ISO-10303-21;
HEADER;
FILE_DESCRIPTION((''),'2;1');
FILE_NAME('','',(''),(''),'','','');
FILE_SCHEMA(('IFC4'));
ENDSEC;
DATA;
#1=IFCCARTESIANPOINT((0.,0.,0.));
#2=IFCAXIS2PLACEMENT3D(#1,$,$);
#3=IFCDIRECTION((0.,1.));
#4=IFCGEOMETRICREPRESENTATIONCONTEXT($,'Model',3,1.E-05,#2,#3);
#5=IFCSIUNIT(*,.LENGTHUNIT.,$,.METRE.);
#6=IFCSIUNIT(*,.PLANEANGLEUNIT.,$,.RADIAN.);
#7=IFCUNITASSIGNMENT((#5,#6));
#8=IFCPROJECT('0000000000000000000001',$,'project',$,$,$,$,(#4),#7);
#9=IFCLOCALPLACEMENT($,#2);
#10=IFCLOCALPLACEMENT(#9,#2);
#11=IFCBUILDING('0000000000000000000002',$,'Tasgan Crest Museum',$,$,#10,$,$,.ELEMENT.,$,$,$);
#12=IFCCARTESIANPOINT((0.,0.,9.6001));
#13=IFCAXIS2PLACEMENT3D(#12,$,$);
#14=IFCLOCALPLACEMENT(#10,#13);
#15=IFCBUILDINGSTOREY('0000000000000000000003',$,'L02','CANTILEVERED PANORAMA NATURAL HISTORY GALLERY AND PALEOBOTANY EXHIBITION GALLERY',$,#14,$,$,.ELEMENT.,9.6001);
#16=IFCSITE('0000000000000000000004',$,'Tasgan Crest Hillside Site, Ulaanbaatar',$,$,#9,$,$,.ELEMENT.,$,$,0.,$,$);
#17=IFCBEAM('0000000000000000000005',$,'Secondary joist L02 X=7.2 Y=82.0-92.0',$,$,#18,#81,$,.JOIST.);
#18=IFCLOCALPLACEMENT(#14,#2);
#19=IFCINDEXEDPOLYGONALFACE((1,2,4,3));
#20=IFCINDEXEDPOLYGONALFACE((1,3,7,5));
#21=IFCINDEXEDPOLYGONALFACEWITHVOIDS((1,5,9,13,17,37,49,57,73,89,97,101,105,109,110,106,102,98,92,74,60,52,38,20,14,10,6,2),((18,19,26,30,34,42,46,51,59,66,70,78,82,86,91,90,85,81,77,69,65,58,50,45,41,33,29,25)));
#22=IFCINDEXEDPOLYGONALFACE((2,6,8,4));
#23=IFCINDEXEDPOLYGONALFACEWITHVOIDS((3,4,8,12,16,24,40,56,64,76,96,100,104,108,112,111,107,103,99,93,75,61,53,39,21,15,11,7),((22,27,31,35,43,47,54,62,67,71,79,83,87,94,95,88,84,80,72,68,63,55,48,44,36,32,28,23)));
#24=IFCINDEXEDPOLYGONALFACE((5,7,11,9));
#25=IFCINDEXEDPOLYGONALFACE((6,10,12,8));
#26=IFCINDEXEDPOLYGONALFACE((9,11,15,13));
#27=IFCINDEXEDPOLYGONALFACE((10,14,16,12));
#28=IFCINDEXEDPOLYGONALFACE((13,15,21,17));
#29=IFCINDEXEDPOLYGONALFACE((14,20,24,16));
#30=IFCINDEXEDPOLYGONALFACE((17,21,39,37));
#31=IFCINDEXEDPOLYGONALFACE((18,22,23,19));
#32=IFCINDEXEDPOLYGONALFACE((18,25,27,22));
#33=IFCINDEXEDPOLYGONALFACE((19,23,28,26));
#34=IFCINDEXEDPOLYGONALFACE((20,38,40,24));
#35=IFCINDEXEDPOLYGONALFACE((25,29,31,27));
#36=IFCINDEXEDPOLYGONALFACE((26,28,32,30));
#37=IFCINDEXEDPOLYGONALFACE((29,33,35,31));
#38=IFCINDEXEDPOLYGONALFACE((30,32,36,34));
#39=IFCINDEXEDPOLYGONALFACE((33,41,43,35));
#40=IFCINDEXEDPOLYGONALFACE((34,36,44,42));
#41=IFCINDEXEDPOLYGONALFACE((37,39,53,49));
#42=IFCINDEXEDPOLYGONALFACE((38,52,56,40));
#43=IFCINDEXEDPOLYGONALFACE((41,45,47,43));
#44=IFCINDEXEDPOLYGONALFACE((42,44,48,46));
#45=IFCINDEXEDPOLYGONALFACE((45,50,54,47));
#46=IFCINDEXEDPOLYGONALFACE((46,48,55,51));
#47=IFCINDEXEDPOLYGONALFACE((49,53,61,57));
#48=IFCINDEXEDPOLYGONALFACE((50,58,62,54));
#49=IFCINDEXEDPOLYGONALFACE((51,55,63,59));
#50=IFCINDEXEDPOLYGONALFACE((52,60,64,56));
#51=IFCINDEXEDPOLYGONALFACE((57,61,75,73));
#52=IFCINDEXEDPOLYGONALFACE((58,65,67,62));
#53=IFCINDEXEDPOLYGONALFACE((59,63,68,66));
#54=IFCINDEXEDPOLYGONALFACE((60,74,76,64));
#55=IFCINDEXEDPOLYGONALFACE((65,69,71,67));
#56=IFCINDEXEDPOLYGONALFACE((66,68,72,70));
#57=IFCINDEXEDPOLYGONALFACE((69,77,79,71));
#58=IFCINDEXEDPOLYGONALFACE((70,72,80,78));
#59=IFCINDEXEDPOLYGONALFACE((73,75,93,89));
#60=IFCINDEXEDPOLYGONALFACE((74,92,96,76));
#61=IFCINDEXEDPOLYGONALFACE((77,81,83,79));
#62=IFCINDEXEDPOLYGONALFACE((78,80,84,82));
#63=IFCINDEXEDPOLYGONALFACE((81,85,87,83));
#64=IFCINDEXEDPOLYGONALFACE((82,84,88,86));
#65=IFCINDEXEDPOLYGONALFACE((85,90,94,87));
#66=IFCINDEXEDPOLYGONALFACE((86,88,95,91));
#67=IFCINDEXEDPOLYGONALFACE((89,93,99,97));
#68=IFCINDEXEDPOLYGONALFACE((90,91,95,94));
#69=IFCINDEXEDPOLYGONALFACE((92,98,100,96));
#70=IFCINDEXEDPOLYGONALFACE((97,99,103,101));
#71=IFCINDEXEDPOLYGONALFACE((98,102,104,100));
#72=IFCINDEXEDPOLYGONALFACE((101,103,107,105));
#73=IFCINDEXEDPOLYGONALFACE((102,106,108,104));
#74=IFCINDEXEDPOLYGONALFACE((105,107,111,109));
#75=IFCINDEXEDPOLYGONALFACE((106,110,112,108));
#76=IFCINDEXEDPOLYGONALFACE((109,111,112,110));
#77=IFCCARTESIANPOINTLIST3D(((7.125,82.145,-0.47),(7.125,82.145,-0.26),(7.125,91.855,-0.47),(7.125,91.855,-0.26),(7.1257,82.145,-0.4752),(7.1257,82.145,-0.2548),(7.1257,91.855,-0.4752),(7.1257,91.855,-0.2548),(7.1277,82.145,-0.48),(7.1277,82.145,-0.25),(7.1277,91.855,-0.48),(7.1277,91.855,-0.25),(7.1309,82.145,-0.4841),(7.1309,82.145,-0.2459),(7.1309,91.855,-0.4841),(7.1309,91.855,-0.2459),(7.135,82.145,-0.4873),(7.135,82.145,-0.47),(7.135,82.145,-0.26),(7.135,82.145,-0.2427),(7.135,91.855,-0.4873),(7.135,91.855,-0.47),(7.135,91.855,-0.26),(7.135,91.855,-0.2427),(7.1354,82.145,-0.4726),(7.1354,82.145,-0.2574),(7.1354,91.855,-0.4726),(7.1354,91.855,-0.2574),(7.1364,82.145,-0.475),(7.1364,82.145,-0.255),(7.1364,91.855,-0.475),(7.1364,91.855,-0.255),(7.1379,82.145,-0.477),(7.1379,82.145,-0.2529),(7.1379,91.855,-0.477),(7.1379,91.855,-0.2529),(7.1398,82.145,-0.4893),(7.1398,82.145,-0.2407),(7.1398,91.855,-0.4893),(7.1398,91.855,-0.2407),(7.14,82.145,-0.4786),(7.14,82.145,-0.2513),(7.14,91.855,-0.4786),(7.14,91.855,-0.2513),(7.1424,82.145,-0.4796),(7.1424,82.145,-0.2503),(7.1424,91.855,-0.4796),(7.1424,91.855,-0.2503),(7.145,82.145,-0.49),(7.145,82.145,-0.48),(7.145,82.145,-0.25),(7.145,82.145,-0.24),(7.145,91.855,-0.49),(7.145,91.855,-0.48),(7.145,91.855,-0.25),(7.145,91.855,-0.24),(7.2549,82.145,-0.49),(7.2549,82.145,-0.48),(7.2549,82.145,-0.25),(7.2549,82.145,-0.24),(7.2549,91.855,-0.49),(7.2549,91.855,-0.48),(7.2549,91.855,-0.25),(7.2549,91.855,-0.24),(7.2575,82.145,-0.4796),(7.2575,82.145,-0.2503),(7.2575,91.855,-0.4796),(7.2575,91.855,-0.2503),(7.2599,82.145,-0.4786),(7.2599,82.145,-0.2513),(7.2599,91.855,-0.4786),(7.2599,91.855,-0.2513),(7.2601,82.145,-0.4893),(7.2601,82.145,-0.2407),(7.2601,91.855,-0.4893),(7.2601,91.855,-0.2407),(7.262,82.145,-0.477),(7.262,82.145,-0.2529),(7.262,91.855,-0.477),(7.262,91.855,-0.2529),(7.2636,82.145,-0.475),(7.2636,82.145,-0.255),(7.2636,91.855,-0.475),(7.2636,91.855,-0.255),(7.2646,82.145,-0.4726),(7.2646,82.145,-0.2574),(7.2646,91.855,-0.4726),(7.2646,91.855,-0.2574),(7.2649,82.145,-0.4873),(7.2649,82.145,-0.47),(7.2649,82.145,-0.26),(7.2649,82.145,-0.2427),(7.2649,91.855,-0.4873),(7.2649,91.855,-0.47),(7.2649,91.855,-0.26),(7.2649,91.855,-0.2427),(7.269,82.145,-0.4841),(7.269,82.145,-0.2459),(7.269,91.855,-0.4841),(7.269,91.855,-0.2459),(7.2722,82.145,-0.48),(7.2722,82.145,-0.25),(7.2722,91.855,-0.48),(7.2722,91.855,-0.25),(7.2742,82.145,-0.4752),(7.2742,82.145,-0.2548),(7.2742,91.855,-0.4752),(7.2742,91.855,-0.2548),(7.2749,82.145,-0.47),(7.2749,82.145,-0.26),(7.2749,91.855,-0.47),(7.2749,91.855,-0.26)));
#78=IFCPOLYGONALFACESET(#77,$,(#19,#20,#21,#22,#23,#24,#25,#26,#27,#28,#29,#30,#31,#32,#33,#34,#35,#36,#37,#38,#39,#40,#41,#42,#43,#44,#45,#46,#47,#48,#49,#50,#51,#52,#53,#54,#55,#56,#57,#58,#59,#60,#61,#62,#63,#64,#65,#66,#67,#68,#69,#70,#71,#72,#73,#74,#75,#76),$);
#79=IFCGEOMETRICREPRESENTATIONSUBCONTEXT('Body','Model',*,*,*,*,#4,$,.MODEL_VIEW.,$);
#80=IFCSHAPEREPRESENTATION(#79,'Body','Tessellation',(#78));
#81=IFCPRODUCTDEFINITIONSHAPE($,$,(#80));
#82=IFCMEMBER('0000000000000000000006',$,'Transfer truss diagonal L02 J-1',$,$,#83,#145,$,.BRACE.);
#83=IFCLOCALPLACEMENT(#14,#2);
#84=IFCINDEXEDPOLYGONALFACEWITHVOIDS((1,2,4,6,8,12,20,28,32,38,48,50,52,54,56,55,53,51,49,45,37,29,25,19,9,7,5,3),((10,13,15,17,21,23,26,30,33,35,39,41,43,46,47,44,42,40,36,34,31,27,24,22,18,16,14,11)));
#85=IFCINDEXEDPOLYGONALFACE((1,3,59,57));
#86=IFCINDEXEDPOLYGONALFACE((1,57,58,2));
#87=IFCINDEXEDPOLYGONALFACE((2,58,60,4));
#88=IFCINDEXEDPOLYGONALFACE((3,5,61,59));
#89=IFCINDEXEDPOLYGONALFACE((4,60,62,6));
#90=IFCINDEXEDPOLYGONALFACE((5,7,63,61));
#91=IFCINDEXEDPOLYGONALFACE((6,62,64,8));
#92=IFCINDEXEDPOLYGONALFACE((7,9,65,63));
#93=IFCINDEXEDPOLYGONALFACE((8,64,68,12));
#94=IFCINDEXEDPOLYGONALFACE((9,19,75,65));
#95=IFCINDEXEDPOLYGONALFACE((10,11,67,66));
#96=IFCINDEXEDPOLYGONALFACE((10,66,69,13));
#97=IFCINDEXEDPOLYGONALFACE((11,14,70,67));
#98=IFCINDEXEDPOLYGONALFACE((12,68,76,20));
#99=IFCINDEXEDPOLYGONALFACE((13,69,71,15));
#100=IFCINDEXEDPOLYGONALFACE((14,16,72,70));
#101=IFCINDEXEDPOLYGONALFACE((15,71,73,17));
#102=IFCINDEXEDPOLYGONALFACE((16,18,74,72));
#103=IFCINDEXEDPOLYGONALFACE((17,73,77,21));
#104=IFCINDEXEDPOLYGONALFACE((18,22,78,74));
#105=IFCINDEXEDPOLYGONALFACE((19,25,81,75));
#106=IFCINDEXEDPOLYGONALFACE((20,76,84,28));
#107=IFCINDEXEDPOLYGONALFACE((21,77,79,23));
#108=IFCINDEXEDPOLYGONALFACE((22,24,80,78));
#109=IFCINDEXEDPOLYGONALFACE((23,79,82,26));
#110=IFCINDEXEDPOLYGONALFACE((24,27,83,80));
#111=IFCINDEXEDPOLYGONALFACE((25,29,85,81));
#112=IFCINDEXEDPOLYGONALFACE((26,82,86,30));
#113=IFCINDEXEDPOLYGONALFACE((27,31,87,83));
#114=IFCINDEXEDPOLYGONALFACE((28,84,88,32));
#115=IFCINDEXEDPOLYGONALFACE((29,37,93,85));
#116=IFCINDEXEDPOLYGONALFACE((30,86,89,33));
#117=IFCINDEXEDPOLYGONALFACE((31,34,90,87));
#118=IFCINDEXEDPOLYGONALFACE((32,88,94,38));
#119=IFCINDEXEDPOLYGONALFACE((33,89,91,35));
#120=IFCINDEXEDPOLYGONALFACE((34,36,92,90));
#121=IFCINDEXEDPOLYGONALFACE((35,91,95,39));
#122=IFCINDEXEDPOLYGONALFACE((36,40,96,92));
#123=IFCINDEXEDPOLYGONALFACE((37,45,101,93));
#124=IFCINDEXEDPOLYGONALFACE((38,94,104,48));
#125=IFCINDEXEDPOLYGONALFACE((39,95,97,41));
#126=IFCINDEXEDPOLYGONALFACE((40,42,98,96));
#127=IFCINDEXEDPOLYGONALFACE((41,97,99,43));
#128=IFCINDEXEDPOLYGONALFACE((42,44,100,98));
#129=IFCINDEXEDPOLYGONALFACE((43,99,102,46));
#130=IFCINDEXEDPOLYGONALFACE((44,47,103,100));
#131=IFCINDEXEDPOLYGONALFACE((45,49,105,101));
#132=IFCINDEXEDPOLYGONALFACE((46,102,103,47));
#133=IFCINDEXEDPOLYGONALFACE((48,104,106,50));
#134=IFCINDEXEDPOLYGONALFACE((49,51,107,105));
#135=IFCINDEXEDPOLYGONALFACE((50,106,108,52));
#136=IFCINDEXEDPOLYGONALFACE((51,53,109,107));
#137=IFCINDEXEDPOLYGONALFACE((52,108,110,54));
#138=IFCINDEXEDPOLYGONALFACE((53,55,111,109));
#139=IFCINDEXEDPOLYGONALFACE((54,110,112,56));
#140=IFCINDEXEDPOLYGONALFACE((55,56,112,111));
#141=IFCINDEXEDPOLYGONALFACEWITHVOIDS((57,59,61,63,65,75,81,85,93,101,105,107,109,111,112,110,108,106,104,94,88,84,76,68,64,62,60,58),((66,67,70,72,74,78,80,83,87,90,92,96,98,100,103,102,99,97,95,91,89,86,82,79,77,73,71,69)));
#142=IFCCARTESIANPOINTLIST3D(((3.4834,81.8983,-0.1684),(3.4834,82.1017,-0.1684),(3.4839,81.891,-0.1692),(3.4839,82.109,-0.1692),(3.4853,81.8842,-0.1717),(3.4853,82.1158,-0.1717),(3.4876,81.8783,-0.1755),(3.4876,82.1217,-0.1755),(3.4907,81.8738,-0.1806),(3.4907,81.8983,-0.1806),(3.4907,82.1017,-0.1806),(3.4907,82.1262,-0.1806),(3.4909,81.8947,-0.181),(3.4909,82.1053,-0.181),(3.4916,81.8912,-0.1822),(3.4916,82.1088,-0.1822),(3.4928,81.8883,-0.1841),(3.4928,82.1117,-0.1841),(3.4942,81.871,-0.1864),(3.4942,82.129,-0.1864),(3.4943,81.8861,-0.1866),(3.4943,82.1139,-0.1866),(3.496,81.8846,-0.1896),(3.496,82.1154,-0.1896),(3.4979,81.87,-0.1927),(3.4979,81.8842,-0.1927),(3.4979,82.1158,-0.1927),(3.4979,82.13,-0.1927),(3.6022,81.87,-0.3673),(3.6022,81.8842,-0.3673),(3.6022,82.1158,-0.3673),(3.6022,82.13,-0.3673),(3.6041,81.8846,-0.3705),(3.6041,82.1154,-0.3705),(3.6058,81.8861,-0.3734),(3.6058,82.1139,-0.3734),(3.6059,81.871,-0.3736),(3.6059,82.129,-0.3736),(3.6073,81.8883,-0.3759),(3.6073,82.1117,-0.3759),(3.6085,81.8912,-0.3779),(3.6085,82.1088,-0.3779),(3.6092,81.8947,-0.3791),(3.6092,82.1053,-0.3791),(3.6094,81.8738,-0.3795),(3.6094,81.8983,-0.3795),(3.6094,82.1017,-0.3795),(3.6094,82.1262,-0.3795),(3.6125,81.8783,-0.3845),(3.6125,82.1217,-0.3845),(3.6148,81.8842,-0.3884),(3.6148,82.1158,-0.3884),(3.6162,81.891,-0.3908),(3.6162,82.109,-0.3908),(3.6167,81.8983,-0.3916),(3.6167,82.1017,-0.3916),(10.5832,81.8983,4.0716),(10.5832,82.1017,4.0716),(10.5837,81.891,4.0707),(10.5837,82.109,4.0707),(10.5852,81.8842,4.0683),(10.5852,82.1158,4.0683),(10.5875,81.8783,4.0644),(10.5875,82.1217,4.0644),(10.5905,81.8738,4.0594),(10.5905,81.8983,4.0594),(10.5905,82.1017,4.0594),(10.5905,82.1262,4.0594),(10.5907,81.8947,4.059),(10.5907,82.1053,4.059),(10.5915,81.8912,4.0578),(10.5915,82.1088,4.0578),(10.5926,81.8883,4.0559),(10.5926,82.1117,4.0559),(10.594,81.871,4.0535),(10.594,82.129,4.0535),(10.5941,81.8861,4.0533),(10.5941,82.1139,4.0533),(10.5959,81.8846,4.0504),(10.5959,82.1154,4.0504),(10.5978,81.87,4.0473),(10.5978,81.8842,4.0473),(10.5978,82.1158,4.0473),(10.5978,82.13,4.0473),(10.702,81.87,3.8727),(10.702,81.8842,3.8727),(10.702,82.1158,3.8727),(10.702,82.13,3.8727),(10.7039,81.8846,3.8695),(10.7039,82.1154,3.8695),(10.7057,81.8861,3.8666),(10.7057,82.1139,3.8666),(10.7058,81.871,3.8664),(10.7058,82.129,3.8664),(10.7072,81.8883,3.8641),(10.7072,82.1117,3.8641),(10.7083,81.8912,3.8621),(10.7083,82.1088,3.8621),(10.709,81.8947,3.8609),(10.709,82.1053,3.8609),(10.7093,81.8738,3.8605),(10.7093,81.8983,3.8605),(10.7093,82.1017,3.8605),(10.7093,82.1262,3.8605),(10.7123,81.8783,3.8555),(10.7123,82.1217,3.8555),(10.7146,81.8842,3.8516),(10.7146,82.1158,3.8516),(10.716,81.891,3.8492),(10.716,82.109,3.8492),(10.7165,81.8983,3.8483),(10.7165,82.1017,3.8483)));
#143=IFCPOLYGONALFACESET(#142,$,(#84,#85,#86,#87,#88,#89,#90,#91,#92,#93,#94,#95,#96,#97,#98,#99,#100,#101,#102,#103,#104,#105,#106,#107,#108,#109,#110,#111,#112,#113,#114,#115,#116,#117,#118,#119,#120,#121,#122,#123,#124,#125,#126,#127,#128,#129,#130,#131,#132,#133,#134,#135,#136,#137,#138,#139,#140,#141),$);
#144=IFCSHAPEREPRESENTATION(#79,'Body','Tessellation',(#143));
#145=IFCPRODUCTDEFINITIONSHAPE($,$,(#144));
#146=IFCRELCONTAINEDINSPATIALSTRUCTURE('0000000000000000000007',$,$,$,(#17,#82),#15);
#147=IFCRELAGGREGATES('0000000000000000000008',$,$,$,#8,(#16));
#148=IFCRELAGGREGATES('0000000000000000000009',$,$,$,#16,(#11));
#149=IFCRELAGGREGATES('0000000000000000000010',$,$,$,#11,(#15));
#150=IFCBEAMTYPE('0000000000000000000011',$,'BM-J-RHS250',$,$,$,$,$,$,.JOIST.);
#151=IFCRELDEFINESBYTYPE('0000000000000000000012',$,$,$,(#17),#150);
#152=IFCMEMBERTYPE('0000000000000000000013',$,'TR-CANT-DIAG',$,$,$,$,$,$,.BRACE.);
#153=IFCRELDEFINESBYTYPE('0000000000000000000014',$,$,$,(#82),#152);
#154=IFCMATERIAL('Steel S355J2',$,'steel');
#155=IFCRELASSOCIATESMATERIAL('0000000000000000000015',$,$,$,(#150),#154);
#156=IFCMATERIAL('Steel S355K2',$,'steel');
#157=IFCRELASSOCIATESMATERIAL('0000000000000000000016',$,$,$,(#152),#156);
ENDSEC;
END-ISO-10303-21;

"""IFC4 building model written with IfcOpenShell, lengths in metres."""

from ifc_helpers import new_model, si_unit, direction, frame, origin, origin_2d, place, context, subcontext, project, spatial, hollow_rectangle, extrude, material, material_profile, profile_set, type_object, element, save


model = new_model("IFC4")

# Units and contexts
model_context = context("Model", 3, precision=1e-05, world=origin(), true_north=direction((0.0, 1.0)))
body_context = subcontext(model_context, "Body", "Model", "MODEL_VIEW")
ifc_project = project(units=[si_unit("LENGTHUNIT", "METRE"), si_unit("PLANEANGLEUNIT", "RADIAN")], contexts=[model_context])

# Site, building, storey
site_placement = place(None, origin())
site = spatial("IfcSite", under=ifc_project, at=site_placement, Name="Tasgan Crest Hillside Site, Ulaanbaatar", CompositionType="ELEMENT", RefElevation=0.0)
building_placement = place(site_placement, origin())
building = spatial("IfcBuilding", under=site, at=building_placement, Name="Tasgan Crest Museum", CompositionType="ELEMENT")
storey_placement = place(building_placement, frame((0.0, 0.0, 9.6001)))
storey = spatial("IfcBuildingStorey", under=building, at=storey_placement, Name="L02", Description="CANTILEVERED PANORAMA NATURAL HISTORY GALLERY AND PALEOBOTANY EXHIBITION GALLERY", CompositionType="ELEMENT", Elevation=9.6001)

# Beam
ifc_material_1 = material(Name="Steel S355J2", Category="steel")
ifc_material_profile_1 = material_profile(ifc_material_1, hollow_rectangle(XDim=0.1499, YDim=0.25, WallThickness=0.01, InnerFilletRadius=0.01, OuterFilletRadius=0.02, at=origin_2d()), Name="RHS 250x150x10")
ifc_profile_set_1 = profile_set([ifc_material_profile_1], Name="Steel S355J2")
beam_type_1 = type_object("IfcBeamType", Name="BM-J-RHS250", PredefinedType="JOIST", material=ifc_profile_set_1)
for number, where, z_axis, x_axis, name in (
    (1, (7.2, 82.145, -0.365), (0.0, 1.0, 0.0), (-1.0, 0.0, 0.0), "Secondary joist L02 X=7.2 Y=82.0-92.0"),
):
    element("IfcBeam", number, at=place(storey_placement, frame(where, z_axis=z_axis, x_axis=x_axis)), inside=storey, type_object=beam_type_1, Name=name, PredefinedType="JOIST", context=body_context, shape_type="SweptSolid", body=[
        extrude(hollow_rectangle(XDim=0.1499, YDim=0.25, WallThickness=0.01, InnerFilletRadius=0.01, OuterFilletRadius=0.02, at=origin_2d()), origin(), (0.0, 0.0, 1.0), 9.71),
    ])

# Member
ifc_material_2 = material(Name="Steel S355K2", Category="steel")
ifc_material_profile_2 = material_profile(ifc_material_2, hollow_rectangle(XDim=0.26, YDim=0.26, WallThickness=0.0142, InnerFilletRadius=0.0142, OuterFilletRadius=0.0283, at=origin_2d()), Name="SHS 260x260x14.2")
ifc_profile_set_2 = profile_set([ifc_material_profile_2], Name="Steel S355K2")
member_type_1 = type_object("IfcMemberType", Name="TR-CANT-DIAG", PredefinedType="BRACE", material=ifc_profile_set_2)
member_1_placement = place(storey_placement, frame((3.55, 82.0, -0.28), z_axis=(0.858554, 0.0, 0.512723), x_axis=(0.0, 1.0, 0.0)))
element("IfcMember", 2, at=member_1_placement, inside=storey, type_object=member_type_1, Name="Transfer truss diagonal L02 J-1", PredefinedType="BRACE", context=body_context, shape_type="SweptSolid", body=[
    extrude(hollow_rectangle(XDim=0.26, YDim=0.26, WallThickness=0.0142, InnerFilletRadius=0.0142, OuterFilletRadius=0.0283, at=origin_2d()), origin(), (0.0, 0.0, 1.0), 8.2695),
])

save(model, "model.ifc")
